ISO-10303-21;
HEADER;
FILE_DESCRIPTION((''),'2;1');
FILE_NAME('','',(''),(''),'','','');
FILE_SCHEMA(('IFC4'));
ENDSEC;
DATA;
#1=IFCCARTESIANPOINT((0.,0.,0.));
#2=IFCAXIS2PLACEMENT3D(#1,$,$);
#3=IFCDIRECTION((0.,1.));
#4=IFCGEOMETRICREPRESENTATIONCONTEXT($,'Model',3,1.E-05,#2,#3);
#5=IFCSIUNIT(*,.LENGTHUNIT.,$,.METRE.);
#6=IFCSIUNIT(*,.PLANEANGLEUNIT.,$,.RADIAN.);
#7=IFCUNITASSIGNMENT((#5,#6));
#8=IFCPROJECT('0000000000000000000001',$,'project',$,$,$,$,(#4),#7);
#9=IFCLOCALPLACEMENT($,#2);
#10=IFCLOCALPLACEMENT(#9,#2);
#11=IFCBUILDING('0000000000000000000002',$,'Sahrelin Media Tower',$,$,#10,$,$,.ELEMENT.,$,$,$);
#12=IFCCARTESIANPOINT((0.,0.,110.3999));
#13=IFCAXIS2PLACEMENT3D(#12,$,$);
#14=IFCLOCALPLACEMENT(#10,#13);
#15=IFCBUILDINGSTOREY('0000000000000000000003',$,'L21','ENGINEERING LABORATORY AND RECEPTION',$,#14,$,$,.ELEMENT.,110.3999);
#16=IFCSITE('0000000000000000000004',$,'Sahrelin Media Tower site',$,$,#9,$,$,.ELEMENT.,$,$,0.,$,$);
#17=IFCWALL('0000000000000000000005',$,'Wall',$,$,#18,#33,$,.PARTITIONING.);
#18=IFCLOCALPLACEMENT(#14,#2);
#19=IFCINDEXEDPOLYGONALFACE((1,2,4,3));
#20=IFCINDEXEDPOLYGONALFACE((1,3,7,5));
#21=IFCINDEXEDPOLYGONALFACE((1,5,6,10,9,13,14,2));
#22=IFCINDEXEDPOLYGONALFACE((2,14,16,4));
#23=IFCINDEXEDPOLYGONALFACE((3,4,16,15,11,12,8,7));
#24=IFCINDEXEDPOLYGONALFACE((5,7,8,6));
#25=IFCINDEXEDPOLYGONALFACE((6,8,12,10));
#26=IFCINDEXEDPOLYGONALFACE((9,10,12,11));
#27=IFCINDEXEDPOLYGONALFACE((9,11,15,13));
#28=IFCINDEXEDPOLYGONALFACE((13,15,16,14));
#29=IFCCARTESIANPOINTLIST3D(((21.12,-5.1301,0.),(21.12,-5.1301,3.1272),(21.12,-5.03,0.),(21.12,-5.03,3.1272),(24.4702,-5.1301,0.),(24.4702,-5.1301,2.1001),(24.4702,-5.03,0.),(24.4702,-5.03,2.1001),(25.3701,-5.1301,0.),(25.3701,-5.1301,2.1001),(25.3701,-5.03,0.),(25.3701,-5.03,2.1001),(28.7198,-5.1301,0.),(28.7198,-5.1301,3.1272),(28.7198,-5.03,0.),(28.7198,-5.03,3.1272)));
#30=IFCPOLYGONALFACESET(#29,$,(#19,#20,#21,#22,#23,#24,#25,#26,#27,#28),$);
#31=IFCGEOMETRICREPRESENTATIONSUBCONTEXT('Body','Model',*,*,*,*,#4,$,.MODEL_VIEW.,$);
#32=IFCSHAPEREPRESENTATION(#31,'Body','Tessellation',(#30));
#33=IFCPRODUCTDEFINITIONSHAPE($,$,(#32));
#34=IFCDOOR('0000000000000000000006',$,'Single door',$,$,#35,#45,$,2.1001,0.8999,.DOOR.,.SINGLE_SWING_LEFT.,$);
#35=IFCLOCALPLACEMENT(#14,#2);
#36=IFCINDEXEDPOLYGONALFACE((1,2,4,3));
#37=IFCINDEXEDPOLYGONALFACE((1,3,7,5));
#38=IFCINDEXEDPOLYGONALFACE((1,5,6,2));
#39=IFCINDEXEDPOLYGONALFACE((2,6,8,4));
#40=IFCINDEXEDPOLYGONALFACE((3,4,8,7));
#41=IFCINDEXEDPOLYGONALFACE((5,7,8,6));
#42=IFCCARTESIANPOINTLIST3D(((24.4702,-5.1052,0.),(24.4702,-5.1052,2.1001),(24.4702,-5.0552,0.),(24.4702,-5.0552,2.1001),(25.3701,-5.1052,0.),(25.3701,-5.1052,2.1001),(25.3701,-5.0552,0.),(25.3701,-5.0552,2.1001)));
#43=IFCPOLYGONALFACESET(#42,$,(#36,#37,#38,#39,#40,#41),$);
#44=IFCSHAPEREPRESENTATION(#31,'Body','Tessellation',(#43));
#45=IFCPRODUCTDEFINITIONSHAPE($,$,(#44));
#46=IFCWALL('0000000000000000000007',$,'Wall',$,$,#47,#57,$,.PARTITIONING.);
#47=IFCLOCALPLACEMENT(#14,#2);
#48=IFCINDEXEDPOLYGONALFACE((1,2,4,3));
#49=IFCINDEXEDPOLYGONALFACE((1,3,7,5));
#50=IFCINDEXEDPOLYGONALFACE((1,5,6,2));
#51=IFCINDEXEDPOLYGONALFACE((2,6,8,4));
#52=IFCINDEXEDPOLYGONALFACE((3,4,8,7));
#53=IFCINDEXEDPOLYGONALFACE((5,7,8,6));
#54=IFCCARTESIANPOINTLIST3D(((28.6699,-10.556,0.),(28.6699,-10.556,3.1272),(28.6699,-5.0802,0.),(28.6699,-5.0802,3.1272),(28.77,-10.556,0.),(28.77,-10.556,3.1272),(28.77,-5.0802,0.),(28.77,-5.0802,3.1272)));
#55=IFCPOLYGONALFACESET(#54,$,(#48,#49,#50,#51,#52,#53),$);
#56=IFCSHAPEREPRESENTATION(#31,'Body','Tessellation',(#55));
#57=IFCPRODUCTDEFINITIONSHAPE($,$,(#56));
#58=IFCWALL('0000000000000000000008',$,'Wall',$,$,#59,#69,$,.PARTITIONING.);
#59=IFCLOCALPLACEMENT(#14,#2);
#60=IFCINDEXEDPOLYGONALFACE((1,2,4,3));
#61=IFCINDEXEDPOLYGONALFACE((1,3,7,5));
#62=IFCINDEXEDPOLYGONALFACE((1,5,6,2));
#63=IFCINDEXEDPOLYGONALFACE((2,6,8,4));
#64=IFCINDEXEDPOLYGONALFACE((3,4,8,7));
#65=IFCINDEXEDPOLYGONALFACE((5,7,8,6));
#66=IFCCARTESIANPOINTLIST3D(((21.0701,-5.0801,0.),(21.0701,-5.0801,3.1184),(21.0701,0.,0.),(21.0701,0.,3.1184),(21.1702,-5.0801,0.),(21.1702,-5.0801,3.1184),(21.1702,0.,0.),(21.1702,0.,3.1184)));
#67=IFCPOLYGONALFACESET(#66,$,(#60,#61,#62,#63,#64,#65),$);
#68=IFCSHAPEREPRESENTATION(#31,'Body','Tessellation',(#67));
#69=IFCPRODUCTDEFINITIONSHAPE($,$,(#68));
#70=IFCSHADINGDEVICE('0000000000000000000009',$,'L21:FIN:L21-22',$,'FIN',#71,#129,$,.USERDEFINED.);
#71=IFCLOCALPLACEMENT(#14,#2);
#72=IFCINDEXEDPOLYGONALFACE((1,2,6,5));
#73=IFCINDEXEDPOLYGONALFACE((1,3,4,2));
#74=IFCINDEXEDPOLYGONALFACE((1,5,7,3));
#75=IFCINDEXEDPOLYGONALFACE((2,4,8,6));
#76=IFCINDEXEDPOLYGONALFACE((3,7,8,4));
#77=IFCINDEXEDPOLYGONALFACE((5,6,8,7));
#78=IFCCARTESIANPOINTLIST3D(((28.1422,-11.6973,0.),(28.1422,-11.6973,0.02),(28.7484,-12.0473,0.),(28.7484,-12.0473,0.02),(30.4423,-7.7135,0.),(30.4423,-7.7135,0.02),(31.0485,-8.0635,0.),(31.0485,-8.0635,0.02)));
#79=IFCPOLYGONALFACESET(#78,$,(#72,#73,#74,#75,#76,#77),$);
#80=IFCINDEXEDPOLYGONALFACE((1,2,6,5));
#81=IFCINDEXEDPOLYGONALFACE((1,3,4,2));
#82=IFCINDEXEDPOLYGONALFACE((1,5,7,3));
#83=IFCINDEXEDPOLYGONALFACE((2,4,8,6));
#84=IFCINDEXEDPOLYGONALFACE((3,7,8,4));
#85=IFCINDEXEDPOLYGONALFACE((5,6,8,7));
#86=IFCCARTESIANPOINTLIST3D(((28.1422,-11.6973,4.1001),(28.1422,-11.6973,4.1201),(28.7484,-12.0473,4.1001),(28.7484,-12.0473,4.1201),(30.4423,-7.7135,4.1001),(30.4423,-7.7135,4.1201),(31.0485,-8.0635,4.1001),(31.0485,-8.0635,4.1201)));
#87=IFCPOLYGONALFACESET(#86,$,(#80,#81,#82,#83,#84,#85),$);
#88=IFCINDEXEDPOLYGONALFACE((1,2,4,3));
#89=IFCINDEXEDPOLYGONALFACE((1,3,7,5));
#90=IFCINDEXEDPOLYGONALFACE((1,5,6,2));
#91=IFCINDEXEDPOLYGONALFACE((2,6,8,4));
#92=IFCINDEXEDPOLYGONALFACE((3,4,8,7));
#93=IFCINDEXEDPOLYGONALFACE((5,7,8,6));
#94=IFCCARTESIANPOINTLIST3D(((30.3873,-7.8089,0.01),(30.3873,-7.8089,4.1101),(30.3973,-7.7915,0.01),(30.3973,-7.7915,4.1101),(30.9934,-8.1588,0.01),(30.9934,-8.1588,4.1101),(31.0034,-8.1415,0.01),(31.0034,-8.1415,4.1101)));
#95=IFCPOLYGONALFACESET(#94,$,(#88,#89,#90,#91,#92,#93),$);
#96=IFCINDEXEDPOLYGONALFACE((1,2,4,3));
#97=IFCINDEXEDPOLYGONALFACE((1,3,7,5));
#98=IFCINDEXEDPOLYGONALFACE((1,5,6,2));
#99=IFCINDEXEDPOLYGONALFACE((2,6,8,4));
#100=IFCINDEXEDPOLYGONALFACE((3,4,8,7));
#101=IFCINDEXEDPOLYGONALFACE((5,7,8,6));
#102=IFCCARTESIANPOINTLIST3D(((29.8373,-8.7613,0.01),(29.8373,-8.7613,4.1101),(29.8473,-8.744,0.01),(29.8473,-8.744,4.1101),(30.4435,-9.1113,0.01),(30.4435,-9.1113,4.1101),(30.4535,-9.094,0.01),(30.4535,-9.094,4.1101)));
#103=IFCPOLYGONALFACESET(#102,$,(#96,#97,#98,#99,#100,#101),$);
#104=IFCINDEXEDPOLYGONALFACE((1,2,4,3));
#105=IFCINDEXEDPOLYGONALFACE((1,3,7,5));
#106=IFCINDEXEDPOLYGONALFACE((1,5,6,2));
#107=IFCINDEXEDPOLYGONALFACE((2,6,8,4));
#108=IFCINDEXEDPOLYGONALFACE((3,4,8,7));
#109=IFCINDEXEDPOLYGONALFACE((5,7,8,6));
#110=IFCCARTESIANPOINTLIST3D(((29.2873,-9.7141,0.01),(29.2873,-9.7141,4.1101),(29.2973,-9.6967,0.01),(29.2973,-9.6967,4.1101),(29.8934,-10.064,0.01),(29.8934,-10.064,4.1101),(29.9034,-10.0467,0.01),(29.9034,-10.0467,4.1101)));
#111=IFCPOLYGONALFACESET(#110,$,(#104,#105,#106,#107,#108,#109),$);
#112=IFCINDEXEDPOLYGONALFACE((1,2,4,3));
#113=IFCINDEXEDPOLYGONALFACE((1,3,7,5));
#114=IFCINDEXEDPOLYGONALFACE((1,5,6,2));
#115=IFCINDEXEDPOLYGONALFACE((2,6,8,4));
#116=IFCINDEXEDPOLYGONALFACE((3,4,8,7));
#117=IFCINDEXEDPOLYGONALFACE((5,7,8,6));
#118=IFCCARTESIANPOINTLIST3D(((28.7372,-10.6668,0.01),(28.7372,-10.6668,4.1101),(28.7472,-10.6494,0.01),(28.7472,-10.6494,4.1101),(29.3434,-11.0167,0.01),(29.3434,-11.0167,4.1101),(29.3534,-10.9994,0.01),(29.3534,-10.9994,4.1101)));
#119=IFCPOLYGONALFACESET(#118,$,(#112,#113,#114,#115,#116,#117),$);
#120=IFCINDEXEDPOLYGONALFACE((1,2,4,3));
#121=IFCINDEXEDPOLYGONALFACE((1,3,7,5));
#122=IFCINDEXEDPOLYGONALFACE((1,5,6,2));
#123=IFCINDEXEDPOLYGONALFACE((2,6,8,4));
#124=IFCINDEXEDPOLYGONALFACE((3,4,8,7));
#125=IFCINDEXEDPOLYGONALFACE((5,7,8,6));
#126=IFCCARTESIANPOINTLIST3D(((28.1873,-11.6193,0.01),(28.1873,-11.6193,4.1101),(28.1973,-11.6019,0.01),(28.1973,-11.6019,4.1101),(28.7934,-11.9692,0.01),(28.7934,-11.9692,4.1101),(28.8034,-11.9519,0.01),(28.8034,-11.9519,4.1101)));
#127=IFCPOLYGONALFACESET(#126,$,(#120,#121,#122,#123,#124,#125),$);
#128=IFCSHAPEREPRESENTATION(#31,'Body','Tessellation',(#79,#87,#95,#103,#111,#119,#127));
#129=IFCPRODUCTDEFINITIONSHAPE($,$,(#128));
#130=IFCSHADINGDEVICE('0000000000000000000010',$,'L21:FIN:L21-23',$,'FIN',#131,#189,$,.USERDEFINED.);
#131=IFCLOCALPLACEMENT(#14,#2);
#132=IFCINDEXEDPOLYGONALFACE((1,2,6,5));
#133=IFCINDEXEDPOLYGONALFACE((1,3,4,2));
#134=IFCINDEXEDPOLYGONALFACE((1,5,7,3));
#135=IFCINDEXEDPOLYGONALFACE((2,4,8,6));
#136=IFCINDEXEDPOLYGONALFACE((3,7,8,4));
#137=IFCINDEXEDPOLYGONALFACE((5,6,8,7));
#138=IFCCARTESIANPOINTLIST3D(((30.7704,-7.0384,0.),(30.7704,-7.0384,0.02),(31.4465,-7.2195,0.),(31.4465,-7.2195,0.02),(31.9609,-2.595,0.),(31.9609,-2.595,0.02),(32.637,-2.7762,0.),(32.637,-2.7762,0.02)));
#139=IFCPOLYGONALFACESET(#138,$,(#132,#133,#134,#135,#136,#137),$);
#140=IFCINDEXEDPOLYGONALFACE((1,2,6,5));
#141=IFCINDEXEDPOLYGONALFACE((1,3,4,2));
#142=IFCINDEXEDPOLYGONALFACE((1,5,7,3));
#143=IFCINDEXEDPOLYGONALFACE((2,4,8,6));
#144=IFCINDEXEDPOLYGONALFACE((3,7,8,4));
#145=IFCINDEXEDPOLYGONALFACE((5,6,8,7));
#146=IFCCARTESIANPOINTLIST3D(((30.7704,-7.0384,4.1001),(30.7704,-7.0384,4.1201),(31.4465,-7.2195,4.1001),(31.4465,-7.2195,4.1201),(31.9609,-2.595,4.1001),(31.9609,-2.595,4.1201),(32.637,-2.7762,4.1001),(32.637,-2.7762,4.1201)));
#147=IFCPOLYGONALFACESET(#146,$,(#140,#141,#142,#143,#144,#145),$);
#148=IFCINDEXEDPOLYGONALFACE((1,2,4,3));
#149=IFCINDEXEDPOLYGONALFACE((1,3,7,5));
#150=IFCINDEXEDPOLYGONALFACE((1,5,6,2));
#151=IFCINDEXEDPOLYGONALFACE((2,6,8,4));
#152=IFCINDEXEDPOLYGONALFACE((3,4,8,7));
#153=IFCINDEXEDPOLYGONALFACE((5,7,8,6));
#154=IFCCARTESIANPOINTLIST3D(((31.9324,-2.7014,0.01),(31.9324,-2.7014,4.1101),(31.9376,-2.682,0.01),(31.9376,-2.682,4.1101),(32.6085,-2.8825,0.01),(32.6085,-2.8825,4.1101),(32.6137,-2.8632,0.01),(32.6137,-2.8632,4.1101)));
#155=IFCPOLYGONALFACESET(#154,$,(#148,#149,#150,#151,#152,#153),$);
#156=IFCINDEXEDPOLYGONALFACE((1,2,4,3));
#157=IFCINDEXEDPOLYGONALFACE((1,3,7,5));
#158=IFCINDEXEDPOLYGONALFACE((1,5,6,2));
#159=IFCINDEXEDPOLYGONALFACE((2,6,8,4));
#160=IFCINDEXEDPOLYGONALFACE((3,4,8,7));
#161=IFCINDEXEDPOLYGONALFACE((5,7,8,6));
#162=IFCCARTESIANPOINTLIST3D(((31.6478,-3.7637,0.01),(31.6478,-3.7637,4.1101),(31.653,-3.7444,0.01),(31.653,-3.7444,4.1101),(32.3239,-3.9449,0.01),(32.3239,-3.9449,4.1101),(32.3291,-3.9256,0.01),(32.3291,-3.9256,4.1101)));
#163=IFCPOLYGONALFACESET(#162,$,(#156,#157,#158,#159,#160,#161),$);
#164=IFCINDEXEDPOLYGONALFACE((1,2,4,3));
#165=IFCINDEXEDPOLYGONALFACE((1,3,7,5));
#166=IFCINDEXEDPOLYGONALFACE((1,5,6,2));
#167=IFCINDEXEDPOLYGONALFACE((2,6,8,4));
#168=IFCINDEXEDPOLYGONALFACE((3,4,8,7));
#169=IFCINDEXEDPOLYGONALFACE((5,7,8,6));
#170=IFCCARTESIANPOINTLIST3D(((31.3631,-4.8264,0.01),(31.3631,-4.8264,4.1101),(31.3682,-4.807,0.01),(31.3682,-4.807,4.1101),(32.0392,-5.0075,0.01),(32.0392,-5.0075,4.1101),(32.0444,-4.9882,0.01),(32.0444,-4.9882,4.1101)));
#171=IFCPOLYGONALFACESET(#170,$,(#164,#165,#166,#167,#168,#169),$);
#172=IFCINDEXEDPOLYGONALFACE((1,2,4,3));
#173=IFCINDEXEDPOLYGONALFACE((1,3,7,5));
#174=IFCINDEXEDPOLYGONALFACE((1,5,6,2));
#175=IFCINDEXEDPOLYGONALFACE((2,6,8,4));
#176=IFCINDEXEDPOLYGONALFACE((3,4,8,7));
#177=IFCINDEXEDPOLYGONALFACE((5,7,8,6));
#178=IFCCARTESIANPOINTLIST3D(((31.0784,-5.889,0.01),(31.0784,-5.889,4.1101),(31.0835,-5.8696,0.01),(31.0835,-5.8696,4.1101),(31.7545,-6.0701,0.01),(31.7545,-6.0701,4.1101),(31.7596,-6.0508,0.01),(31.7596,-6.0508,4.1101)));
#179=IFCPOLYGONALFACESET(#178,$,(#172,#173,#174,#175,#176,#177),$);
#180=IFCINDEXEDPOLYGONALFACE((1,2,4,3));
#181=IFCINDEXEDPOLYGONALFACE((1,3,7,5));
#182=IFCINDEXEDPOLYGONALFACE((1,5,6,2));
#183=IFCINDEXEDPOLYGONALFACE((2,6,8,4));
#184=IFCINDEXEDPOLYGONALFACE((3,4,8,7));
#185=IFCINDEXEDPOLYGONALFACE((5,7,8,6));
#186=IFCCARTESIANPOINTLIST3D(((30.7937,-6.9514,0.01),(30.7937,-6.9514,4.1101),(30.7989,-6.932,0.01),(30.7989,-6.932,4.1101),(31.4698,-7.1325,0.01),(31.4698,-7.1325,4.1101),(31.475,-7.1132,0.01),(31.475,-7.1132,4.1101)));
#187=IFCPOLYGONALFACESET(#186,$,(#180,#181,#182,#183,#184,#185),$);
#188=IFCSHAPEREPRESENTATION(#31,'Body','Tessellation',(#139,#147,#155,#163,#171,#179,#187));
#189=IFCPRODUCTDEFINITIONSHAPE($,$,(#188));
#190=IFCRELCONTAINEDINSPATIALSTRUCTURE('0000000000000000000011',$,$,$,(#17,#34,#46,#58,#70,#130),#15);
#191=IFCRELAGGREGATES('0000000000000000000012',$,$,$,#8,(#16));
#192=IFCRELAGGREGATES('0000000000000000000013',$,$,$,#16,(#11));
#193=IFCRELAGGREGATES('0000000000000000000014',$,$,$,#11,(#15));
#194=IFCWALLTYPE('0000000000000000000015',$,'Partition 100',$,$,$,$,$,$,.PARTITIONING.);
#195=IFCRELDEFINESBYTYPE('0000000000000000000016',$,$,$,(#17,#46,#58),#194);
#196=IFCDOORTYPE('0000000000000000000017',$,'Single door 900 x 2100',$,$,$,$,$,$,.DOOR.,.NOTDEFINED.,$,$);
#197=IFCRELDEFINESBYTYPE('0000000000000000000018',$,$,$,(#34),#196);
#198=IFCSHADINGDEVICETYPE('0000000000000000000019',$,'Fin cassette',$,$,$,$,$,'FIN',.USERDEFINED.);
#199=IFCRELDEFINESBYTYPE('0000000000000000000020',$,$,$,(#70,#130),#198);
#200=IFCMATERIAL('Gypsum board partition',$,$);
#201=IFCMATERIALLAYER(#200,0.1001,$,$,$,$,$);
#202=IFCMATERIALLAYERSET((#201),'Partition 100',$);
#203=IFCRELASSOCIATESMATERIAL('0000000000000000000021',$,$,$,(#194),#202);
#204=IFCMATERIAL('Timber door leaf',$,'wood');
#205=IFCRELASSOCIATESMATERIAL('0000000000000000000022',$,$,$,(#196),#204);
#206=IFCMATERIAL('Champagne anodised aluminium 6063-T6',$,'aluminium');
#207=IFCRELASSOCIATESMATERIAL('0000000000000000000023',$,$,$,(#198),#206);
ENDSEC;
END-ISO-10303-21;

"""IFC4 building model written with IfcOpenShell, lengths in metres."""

from ifc_helpers import new_model, si_unit, direction, frame, frame_2d, origin, origin_2d, place, context, subcontext, project, spatial, rectangle, extrude, material, layer, layer_set, type_object, element, fill, save


model = new_model("IFC4")

# Units and contexts
model_context = context("Model", 3, precision=1e-05, world=origin(), true_north=direction((0.0, 1.0)))
body_context = subcontext(model_context, "Body", "Model", "MODEL_VIEW")
ifc_project = project(units=[si_unit("LENGTHUNIT", "METRE"), si_unit("PLANEANGLEUNIT", "RADIAN")], contexts=[model_context])

# Site, building, storey
site_placement = place(None, origin())
site = spatial("IfcSite", under=ifc_project, at=site_placement, Name="Sahrelin Media Tower site", CompositionType="ELEMENT", RefElevation=0.0)
building_placement = place(site_placement, origin())
building = spatial("IfcBuilding", under=site, at=building_placement, Name="Sahrelin Media Tower", CompositionType="ELEMENT")
storey_placement = place(building_placement, frame((0.0, 0.0, 110.3999)))
storey = spatial("IfcBuildingStorey", under=building, at=storey_placement, Name="L21", Description="ENGINEERING LABORATORY AND RECEPTION", CompositionType="ELEMENT", Elevation=110.3999)

# Shared definitions
ifc_material_1 = material(Name="Champagne anodised aluminium 6063-T6", Category="aluminium")

# Shared definitions
ifc_material_2 = material(Name="Gypsum board partition")
ifc_layer_1 = layer(ifc_material_2, 0.1001)
ifc_layer_set_1 = layer_set([ifc_layer_1], Name="Partition 100")
wall_type_1 = type_object("IfcWallType", Name="Partition 100", PredefinedType="PARTITIONING", material=ifc_layer_set_1)

# Wall, opening, door
wall_1_placement = place(storey_placement, frame((21.1201, -5.0801, 0.0), z_axis=(0.0, 0.0, 1.0), x_axis=(1.0, 0.0, 0.0)))
wall_1 = element("IfcWall", 1, at=wall_1_placement, inside=storey, type_object=wall_type_1, Name="Wall", PredefinedType="PARTITIONING", context=body_context, shape_type="SweptSolid", body=[
    extrude(rectangle(XDim=7.5999, YDim=0.1001, at=frame_2d((3.7998, 0.0))), origin(), (0.0, 0.0, 1.0), 3.1272),
])
opening_1_placement = place(wall_1_placement, frame((3.3501, 0.0, 0.0)))
opening_1 = element("IfcOpeningElement", 2, at=opening_1_placement, cuts=wall_1, PredefinedType="OPENING", context=body_context, shape_type="SweptSolid", body=[
    extrude(rectangle(XDim=0.8999, YDim=2.1001, at=frame_2d((0.45, 1.05))), frame((0.0, 0.05, 0.0), z_axis=(0.0, -1.0, 0.0), x_axis=(1.0, 0.0, 0.0)), (0.0, 0.0, 1.0), 0.1001),
])
ifc_material_3 = material(Name="Timber door leaf", Category="wood")
door_type_1 = type_object("IfcDoorType", Name="Single door 900 x 2100", OperationType="NOTDEFINED", PredefinedType="DOOR", material=ifc_material_3)
door_1_placement = place(opening_1_placement, origin())
door_1 = element("IfcDoor", 3, at=door_1_placement, inside=storey, type_object=door_type_1, Name="Single door", OperationType="SINGLE_SWING_LEFT", OverallHeight=2.1001, OverallWidth=0.8999, PredefinedType="DOOR", context=body_context, shape_type="SweptSolid", body=[
    extrude(rectangle(XDim=0.8999, YDim=2.1001, at=frame_2d((0.45, 1.05))), frame((0.0, 0.0249, 0.0), z_axis=(0.0, -1.0, 0.0), x_axis=(1.0, 0.0, 0.0)), (0.0, 0.0, 1.0), 0.05),
])
fill(opening_1, door_1)

# Walls
wall_2_placement = place(storey_placement, frame((28.72, -10.5559, 0.0), z_axis=(0.0, 0.0, 1.0), x_axis=(0.0, 1.0, 0.0)))
element("IfcWall", 4, at=wall_2_placement, inside=storey, type_object=wall_type_1, Name="Wall", PredefinedType="PARTITIONING", context=body_context, shape_type="SweptSolid", body=[
    extrude(rectangle(XDim=5.4758, YDim=0.1001, at=frame_2d((2.7378, 0.0))), origin(), (0.0, 0.0, 1.0), 3.1272),
])
wall_3_placement = place(storey_placement, frame((21.1201, -5.0801, 0.0), z_axis=(0.0, 0.0, 1.0), x_axis=(0.0, 1.0, 0.0)))
element("IfcWall", 5, at=wall_3_placement, inside=storey, type_object=wall_type_1, Name="Wall", PredefinedType="PARTITIONING", context=body_context, shape_type="SweptSolid", body=[
    extrude(rectangle(XDim=5.0801, YDim=0.1001, at=frame_2d((2.54, 0.0))), origin(), (0.0, 0.0, 1.0), 3.1184),
])

# Shading devices
shading_device_type_1 = type_object("IfcShadingDeviceType", Name="Fin cassette", ElementType="FIN", PredefinedType="USERDEFINED", material=ifc_material_1)
placement_1 = place(storey_placement, frame((29.2317, -9.6704, 0.0), z_axis=(0.0, 0.0, 1.0), x_axis=(-0.500011, -0.866019, 0.0)))
element("IfcShadingDevice", 6, at=placement_1, inside=storey, type_object=shading_device_type_1, Name="L21:FIN:L21-22", ObjectType="FIN", PredefinedType="USERDEFINED", context=body_context, shape_type="SweptSolid", body=[
    extrude(rectangle(XDim=4.6001, YDim=0.7, at=origin_2d()), frame((0.0, 0.4199, 0.0)), (0.0, 0.0, 1.0), 0.02),
    extrude(rectangle(XDim=4.6001, YDim=0.7, at=origin_2d()), frame((0.0, 0.4199, 4.1001)), (0.0, 0.0, 1.0), 0.02),
    extrude(rectangle(XDim=0.02, YDim=0.7, at=origin_2d()), frame((-2.2, 0.4199, 0.01), z_axis=(0.0, 0.0, 1.0), x_axis=(1.0, 0.0, 0.0)), (0.0, 0.0, 1.0), 4.1001),
    extrude(rectangle(XDim=0.02, YDim=0.7, at=origin_2d()), frame((-1.1001, 0.4199, 0.01), z_axis=(0.0, 0.0, 1.0), x_axis=(1.0, 0.0, 0.0)), (0.0, 0.0, 1.0), 4.1001),
    extrude(rectangle(XDim=0.02, YDim=0.7, at=origin_2d()), frame((0.0, 0.4199, 0.01), z_axis=(0.0, 0.0, 1.0), x_axis=(1.0, 0.0, 0.0)), (0.0, 0.0, 1.0), 4.1001),
    extrude(rectangle(XDim=0.02, YDim=0.7, at=origin_2d()), frame((1.1001, 0.4199, 0.01), z_axis=(0.0, 0.0, 1.0), x_axis=(1.0, 0.0, 0.0)), (0.0, 0.0, 1.0), 4.1001),
    extrude(rectangle(XDim=0.02, YDim=0.7, at=origin_2d()), frame((2.2, 0.4199, 0.01), z_axis=(0.0, 0.0, 1.0), x_axis=(1.0, 0.0, 0.0)), (0.0, 0.0, 1.0), 4.1001),
])
placement_2 = place(storey_placement, frame((31.2981, -4.7986, 0.0), z_axis=(0.0, 0.0, 1.0), x_axis=(-0.258808, -0.965929, 0.0)))
element("IfcShadingDevice", 7, at=placement_2, inside=storey, type_object=shading_device_type_1, Name="L21:FIN:L21-23", ObjectType="FIN", PredefinedType="USERDEFINED", context=body_context, shape_type="SweptSolid", body=[
    extrude(rectangle(XDim=4.6001, YDim=0.7, at=origin_2d()), frame((0.0, 0.4199, 0.0)), (0.0, 0.0, 1.0), 0.02),
    extrude(rectangle(XDim=4.6001, YDim=0.7, at=origin_2d()), frame((0.0, 0.4199, 4.1001)), (0.0, 0.0, 1.0), 0.02),
    extrude(rectangle(XDim=0.02, YDim=0.7, at=origin_2d()), frame((-2.2, 0.4199, 0.01), z_axis=(0.0, 0.0, 1.0), x_axis=(1.0, 0.0, 0.0)), (0.0, 0.0, 1.0), 4.1001),
    extrude(rectangle(XDim=0.02, YDim=0.7, at=origin_2d()), frame((-1.1001, 0.4199, 0.01), z_axis=(0.0, 0.0, 1.0), x_axis=(1.0, 0.0, 0.0)), (0.0, 0.0, 1.0), 4.1001),
    extrude(rectangle(XDim=0.02, YDim=0.7, at=origin_2d()), frame((0.0, 0.4199, 0.01), z_axis=(0.0, 0.0, 1.0), x_axis=(1.0, 0.0, 0.0)), (0.0, 0.0, 1.0), 4.1001),
    extrude(rectangle(XDim=0.02, YDim=0.7, at=origin_2d()), frame((1.1001, 0.4199, 0.01), z_axis=(0.0, 0.0, 1.0), x_axis=(1.0, 0.0, 0.0)), (0.0, 0.0, 1.0), 4.1001),
    extrude(rectangle(XDim=0.02, YDim=0.7, at=origin_2d()), frame((2.2, 0.4199, 0.01), z_axis=(0.0, 0.0, 1.0), x_axis=(1.0, 0.0, 0.0)), (0.0, 0.0, 1.0), 4.1001),
])

save(model, "model.ifc")
